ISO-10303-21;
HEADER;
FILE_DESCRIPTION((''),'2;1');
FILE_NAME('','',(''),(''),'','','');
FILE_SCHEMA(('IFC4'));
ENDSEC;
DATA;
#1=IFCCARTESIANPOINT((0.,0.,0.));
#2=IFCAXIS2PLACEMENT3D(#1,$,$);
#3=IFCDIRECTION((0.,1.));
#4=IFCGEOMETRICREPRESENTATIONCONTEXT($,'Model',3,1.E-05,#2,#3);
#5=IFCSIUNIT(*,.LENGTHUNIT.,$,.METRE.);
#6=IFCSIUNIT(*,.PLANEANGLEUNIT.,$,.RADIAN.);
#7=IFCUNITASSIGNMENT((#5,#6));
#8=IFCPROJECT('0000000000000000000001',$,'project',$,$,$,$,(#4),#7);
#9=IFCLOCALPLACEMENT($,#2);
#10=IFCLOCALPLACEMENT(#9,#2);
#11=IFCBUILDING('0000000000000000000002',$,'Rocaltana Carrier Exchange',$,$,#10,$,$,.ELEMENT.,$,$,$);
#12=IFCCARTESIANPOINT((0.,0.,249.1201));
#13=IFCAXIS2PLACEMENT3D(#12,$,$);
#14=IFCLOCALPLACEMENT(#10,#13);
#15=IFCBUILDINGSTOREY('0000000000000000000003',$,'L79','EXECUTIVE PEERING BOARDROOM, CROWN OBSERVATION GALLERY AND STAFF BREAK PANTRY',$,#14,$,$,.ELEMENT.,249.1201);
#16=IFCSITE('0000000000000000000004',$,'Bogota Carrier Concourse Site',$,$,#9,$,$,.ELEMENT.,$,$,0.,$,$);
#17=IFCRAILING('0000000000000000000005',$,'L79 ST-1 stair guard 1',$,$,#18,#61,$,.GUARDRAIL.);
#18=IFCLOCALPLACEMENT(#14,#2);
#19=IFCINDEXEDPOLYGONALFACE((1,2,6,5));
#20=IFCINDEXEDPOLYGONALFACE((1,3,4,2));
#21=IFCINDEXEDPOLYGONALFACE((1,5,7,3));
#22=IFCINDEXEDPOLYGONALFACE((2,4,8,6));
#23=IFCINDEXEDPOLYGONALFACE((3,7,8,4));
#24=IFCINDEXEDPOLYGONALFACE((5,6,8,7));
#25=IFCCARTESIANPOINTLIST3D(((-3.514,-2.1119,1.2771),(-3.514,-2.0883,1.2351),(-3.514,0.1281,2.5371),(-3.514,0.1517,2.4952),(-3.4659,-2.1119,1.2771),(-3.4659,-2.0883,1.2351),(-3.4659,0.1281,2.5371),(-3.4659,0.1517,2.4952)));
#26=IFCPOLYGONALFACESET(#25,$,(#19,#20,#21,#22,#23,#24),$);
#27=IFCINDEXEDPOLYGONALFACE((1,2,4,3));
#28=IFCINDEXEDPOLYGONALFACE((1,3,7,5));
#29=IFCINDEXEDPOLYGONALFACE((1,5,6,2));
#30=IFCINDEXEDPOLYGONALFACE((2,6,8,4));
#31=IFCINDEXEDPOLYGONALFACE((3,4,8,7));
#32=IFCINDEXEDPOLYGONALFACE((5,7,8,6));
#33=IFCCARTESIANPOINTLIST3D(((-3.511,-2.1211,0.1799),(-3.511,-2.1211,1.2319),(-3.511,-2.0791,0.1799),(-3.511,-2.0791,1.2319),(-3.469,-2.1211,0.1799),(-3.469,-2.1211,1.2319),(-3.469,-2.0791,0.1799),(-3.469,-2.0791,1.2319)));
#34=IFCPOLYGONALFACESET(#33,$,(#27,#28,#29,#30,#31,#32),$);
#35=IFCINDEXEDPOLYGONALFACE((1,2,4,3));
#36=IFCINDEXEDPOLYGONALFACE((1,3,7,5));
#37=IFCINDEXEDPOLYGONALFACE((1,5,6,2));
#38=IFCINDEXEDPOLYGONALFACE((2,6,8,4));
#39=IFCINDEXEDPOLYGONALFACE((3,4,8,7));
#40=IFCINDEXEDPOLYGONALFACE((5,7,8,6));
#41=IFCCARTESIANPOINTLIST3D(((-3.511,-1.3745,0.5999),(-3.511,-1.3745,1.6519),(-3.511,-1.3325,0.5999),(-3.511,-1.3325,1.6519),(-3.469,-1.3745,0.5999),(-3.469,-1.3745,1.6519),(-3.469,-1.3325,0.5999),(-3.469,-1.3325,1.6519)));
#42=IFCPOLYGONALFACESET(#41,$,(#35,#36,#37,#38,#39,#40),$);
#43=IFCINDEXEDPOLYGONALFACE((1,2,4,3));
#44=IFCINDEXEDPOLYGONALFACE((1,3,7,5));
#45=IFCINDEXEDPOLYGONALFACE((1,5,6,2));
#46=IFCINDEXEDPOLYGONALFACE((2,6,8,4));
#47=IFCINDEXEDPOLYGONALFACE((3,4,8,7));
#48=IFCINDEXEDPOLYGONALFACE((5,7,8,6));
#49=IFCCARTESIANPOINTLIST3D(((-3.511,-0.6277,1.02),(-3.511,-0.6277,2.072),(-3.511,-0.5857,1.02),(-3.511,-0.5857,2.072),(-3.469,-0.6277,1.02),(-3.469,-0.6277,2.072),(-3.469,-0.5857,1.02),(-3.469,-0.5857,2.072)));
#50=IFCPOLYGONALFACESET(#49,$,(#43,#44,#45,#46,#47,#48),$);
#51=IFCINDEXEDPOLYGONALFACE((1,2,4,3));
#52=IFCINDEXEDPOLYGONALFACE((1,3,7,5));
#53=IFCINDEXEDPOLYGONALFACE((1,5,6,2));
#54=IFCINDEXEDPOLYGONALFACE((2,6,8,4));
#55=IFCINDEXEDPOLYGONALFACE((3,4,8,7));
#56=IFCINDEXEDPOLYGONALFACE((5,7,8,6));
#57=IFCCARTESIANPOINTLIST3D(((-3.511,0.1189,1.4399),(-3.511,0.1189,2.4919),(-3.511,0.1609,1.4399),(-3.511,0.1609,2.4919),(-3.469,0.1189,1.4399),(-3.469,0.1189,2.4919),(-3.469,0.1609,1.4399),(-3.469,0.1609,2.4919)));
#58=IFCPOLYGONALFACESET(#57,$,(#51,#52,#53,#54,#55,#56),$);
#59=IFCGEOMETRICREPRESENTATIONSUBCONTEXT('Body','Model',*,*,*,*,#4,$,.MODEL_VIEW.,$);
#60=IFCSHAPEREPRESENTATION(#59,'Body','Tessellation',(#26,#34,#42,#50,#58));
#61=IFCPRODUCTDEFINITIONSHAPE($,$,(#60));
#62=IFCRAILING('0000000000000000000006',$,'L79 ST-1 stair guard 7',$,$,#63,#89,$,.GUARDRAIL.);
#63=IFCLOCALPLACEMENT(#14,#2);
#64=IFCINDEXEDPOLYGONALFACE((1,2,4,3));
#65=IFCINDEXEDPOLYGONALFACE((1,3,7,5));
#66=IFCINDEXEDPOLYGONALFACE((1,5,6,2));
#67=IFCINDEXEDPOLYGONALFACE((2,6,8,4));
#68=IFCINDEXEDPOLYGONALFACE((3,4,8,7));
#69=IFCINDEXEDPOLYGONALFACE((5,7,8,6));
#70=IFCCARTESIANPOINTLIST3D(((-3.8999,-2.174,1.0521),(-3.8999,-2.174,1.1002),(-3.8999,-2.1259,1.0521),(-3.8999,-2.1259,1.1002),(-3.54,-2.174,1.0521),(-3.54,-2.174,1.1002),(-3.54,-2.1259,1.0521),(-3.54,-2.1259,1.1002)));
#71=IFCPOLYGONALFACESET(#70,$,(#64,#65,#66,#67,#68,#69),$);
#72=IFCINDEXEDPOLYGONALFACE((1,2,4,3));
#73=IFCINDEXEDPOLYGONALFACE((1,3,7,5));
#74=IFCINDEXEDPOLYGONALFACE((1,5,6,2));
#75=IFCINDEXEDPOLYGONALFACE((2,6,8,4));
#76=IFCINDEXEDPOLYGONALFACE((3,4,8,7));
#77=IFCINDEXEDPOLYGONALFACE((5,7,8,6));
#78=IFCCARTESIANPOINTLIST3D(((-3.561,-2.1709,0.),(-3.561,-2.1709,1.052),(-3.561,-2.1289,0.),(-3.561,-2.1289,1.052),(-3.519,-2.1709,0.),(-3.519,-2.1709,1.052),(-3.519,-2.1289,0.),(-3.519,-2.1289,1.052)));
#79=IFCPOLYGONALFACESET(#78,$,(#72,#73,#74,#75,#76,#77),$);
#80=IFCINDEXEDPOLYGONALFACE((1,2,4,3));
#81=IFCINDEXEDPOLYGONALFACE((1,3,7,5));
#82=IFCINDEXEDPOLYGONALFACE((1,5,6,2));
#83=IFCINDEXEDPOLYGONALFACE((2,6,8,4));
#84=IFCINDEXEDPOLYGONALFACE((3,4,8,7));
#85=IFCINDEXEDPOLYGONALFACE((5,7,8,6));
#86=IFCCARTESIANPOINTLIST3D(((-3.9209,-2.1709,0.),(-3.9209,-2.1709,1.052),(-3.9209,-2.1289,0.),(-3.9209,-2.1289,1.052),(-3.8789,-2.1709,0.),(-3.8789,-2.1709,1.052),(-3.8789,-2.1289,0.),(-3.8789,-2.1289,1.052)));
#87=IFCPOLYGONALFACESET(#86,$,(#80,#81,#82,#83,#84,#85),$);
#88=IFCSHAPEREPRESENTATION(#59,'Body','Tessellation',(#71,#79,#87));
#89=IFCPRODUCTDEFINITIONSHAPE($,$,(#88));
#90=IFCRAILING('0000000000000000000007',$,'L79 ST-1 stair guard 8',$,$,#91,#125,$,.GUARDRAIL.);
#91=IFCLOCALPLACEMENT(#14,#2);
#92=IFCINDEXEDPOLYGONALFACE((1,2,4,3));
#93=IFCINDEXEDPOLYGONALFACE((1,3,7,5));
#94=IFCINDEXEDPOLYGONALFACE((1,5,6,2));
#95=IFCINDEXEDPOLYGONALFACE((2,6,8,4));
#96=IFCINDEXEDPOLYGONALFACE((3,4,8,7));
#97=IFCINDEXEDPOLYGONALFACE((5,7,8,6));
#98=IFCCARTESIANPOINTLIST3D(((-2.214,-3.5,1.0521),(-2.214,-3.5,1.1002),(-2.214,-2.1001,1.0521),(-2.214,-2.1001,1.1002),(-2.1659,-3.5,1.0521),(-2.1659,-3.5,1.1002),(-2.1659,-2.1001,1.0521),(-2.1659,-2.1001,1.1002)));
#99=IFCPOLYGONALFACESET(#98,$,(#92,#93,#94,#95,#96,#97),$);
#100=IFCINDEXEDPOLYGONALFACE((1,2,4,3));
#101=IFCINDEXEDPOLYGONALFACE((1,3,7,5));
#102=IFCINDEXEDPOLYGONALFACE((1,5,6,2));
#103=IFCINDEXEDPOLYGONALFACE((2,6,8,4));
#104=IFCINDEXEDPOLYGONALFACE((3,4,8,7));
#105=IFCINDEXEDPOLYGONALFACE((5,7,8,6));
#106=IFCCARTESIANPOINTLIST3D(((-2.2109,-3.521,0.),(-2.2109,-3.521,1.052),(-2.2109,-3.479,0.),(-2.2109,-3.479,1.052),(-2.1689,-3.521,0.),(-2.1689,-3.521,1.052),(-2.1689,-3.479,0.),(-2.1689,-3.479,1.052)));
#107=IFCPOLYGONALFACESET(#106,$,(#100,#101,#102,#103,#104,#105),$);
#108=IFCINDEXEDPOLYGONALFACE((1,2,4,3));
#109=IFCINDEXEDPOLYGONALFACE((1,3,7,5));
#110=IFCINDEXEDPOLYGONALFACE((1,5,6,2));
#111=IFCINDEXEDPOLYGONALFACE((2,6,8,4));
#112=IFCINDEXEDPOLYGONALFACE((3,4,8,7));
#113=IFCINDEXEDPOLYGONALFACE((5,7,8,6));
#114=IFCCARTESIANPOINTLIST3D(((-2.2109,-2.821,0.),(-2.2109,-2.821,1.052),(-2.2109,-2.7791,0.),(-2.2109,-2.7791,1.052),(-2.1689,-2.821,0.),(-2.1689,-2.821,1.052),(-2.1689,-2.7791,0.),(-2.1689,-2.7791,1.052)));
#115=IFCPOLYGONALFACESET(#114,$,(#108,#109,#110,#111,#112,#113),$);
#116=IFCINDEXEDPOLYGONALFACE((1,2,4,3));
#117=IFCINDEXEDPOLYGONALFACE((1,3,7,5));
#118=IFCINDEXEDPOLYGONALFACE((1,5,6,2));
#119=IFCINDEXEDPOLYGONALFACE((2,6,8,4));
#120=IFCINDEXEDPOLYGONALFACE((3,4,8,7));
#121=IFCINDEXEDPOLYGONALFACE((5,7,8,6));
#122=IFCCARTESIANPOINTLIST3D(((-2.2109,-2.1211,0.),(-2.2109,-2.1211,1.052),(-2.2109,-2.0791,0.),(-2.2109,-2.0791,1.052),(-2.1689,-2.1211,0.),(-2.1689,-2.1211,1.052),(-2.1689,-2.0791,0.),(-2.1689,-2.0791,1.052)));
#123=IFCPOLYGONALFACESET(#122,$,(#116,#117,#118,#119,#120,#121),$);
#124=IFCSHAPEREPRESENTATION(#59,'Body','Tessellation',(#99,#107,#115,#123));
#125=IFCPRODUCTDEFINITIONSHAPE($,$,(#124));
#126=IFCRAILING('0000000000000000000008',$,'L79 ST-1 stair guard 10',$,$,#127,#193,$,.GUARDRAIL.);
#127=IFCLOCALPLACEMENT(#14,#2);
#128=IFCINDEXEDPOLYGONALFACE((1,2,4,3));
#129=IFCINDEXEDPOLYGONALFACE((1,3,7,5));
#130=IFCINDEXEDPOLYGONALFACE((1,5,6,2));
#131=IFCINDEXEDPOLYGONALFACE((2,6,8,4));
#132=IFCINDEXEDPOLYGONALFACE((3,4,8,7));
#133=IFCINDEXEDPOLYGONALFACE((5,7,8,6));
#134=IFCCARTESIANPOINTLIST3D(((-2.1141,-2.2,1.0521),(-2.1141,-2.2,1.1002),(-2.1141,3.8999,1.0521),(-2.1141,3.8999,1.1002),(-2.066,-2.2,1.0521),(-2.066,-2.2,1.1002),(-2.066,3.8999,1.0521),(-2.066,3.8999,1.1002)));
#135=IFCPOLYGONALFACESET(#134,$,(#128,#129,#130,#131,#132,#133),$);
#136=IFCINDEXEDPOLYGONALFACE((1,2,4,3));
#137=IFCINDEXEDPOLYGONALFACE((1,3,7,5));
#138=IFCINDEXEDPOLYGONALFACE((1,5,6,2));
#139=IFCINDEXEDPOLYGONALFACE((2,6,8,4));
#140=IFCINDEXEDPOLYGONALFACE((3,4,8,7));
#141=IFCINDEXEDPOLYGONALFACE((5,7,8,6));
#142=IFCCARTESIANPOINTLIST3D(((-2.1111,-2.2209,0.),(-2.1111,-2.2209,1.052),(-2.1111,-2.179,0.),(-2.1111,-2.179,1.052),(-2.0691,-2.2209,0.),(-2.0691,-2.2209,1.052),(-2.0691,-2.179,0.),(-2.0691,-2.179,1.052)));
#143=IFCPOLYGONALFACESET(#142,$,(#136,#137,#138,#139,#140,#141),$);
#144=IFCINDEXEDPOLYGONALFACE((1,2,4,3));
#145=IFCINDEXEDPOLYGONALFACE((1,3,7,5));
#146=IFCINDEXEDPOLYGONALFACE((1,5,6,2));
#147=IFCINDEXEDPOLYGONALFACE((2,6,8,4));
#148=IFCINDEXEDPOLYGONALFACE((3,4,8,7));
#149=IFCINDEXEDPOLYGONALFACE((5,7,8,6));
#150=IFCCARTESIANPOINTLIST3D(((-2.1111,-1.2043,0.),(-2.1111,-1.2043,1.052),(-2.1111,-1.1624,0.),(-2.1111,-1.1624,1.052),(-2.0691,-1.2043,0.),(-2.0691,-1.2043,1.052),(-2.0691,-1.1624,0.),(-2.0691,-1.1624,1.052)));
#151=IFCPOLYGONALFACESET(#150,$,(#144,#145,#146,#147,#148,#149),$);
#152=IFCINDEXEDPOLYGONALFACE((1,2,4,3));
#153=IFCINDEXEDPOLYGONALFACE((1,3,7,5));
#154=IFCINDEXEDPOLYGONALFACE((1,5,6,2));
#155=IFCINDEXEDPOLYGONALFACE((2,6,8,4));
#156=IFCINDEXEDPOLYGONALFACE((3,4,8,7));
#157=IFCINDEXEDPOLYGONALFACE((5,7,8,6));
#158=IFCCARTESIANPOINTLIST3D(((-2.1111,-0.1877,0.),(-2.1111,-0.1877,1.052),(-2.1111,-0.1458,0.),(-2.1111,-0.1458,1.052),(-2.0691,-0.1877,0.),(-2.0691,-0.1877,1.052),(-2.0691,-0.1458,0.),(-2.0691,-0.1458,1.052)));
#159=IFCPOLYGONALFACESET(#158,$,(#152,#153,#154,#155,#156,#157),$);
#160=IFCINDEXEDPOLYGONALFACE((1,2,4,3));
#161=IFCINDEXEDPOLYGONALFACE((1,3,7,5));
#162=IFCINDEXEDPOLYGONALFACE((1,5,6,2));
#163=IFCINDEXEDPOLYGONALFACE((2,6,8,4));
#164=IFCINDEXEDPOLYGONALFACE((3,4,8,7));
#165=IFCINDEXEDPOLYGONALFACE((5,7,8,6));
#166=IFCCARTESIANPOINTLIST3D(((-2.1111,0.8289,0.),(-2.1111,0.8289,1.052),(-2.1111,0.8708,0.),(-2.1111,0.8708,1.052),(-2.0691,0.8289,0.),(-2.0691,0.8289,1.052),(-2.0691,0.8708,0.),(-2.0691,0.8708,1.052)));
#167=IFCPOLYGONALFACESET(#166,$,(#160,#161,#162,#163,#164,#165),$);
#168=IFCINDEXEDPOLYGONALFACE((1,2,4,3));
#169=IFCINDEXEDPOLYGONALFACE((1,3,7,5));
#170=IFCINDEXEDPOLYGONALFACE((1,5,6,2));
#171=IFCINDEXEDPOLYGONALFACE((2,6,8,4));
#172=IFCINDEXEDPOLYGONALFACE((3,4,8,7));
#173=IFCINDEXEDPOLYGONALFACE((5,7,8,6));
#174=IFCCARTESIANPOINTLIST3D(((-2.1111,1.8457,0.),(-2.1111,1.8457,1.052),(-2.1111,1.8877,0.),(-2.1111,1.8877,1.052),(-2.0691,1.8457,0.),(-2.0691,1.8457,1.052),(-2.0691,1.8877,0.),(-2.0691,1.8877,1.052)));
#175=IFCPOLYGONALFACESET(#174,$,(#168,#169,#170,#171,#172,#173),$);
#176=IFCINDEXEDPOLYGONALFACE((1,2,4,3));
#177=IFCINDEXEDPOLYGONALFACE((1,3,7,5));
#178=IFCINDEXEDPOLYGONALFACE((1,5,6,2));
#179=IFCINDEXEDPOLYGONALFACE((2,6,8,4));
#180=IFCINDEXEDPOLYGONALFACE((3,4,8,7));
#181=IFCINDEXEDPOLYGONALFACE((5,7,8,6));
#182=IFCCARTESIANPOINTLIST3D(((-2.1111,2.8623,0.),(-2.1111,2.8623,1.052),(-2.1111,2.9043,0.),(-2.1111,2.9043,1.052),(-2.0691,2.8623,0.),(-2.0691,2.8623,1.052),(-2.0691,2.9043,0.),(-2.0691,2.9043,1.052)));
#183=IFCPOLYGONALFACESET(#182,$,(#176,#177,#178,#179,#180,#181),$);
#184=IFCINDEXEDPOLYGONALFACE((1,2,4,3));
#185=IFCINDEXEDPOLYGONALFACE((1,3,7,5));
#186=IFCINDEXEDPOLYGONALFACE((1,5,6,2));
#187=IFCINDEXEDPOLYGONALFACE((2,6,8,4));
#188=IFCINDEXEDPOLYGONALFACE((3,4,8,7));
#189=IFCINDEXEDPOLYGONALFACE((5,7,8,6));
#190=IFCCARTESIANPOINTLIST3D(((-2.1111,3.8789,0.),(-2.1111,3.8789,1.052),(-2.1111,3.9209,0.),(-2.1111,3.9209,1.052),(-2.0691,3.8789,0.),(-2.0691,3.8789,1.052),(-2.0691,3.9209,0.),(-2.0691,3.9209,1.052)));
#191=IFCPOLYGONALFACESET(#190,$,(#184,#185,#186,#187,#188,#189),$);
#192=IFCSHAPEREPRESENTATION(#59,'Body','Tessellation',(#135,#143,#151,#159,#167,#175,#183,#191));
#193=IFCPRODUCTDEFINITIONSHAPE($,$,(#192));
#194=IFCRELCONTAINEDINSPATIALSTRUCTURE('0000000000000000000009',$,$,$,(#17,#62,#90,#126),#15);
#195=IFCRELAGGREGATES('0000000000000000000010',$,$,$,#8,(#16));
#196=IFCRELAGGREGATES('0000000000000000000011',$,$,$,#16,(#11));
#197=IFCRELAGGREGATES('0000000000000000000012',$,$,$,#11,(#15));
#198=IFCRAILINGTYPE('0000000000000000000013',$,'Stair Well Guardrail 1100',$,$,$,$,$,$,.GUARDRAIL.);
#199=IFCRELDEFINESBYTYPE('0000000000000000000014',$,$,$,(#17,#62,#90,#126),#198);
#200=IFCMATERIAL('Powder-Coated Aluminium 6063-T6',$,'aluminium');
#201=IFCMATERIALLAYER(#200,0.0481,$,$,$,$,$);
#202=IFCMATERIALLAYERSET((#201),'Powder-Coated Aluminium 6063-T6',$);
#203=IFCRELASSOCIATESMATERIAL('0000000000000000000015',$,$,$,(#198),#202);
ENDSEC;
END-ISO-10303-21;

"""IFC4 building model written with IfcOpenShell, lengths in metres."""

from ifc_helpers import new_model, si_unit, direction, frame, origin, origin_2d, place, context, subcontext, project, spatial, rectangle, extrude, material, layer, layer_set, type_object, element, save


model = new_model("IFC4")

# Units and contexts
model_context = context("Model", 3, precision=1e-05, world=origin(), true_north=direction((0.0, 1.0)))
body_context = subcontext(model_context, "Body", "Model", "MODEL_VIEW")
ifc_project = project(units=[si_unit("LENGTHUNIT", "METRE"), si_unit("PLANEANGLEUNIT", "RADIAN")], contexts=[model_context])

# Site, building, storey
site_placement = place(None, origin())
site = spatial("IfcSite", under=ifc_project, at=site_placement, Name="Bogota Carrier Concourse Site", CompositionType="ELEMENT", RefElevation=0.0)
building_placement = place(site_placement, origin())
building = spatial("IfcBuilding", under=site, at=building_placement, Name="Rocaltana Carrier Exchange", CompositionType="ELEMENT")
storey_placement = place(building_placement, frame((0.0, 0.0, 249.1201)))
storey = spatial("IfcBuildingStorey", under=building, at=storey_placement, Name="L79", Description="EXECUTIVE PEERING BOARDROOM, CROWN OBSERVATION GALLERY AND STAFF BREAK PANTRY", CompositionType="ELEMENT", Elevation=249.1201)

# Railings
ifc_material_1 = material(Name="Powder-Coated Aluminium 6063-T6", Category="aluminium")
ifc_layer_1 = layer(ifc_material_1, 0.0481)
ifc_layer_set_1 = layer_set([ifc_layer_1], Name="Powder-Coated Aluminium 6063-T6")
railing_type_1 = type_object("IfcRailingType", Name="Stair Well Guardrail 1100", PredefinedType="GUARDRAIL", material=ifc_layer_set_1)
railing_1_placement = place(storey_placement, frame((-3.49, -2.1001, 0.1799)))
element("IfcRailing", 1, at=railing_1_placement, inside=storey, type_object=railing_type_1, Name="L79 ST-1 stair guard 1", PredefinedType="GUARDRAIL", context=body_context, shape_type="SweptSolid", body=[
    extrude(rectangle(XDim=0.0481, YDim=0.0481, at=origin_2d()), frame((0.0, 0.0, 1.0762), z_axis=(0.0, 0.871573, 0.490266), x_axis=(-1.0, 0.0, 0.0)), (0.0, 0.0, 1.0), 2.5701),
    extrude(rectangle(XDim=0.042, YDim=0.042, at=origin_2d()), origin(), (0.0, 0.0, 1.0), 1.052),
    extrude(rectangle(XDim=0.042, YDim=0.042, at=origin_2d()), frame((0.0, 0.7466, 0.4199)), (0.0, 0.0, 1.0), 1.052),
    extrude(rectangle(XDim=0.042, YDim=0.042, at=origin_2d()), frame((0.0, 1.4934, 0.8401)), (0.0, 0.0, 1.0), 1.052),
    extrude(rectangle(XDim=0.042, YDim=0.042, at=origin_2d()), frame((0.0, 2.24, 1.26)), (0.0, 0.0, 1.0), 1.052),
])
railing_2_placement = place(storey_placement, frame((-3.54, -2.1499, 0.0)))
element("IfcRailing", 2, at=railing_2_placement, inside=storey, type_object=railing_type_1, Name="L79 ST-1 stair guard 7", PredefinedType="GUARDRAIL", context=body_context, shape_type="SweptSolid", body=[
    extrude(rectangle(XDim=0.0481, YDim=0.0481, at=origin_2d()), frame((0.0, 0.0, 1.0762), z_axis=(-1.0, 0.0, 0.0), x_axis=(0.0, -1.0, 0.0)), (0.0, 0.0, 1.0), 0.3599),
    extrude(rectangle(XDim=0.042, YDim=0.042, at=origin_2d()), origin(), (0.0, 0.0, 1.0), 1.052),
    extrude(rectangle(XDim=0.042, YDim=0.042, at=origin_2d()), frame((-0.3599, 0.0, 0.0)), (0.0, 0.0, 1.0), 1.052),
])
railing_3_placement = place(storey_placement, frame((-2.1899, -3.5, 0.0)))
element("IfcRailing", 3, at=railing_3_placement, inside=storey, type_object=railing_type_1, Name="L79 ST-1 stair guard 8", PredefinedType="GUARDRAIL", context=body_context, shape_type="SweptSolid", body=[
    extrude(rectangle(XDim=0.0481, YDim=0.0481, at=origin_2d()), frame((0.0, 0.0, 1.0762), z_axis=(0.0, 1.0, 0.0), x_axis=(-1.0, 0.0, 0.0)), (0.0, 0.0, 1.0), 1.3999),
    extrude(rectangle(XDim=0.042, YDim=0.042, at=origin_2d()), origin(), (0.0, 0.0, 1.0), 1.052),
    extrude(rectangle(XDim=0.042, YDim=0.042, at=origin_2d()), frame((0.0, 0.7, 0.0)), (0.0, 0.0, 1.0), 1.052),
    extrude(rectangle(XDim=0.042, YDim=0.042, at=origin_2d()), frame((0.0, 1.3999, 0.0)), (0.0, 0.0, 1.0), 1.052),
])
railing_4_placement = place(storey_placement, frame((-2.0901, -2.2, 0.0)))
element("IfcRailing", 4, at=railing_4_placement, inside=storey, type_object=railing_type_1, Name="L79 ST-1 stair guard 10", PredefinedType="GUARDRAIL", context=body_context, shape_type="SweptSolid", body=[
    extrude(rectangle(XDim=0.0481, YDim=0.0481, at=origin_2d()), frame((0.0, 0.0, 1.0762), z_axis=(0.0, 1.0, 0.0), x_axis=(-1.0, 0.0, 0.0)), (0.0, 0.0, 1.0), 6.0999),
    extrude(rectangle(XDim=0.042, YDim=0.042, at=origin_2d()), origin(), (0.0, 0.0, 1.0), 1.052),
    extrude(rectangle(XDim=0.042, YDim=0.042, at=origin_2d()), frame((0.0, 1.0166, 0.0)), (0.0, 0.0, 1.0), 1.052),
    extrude(rectangle(XDim=0.042, YDim=0.042, at=origin_2d()), frame((0.0, 2.0332, 0.0)), (0.0, 0.0, 1.0), 1.052),
    extrude(rectangle(XDim=0.042, YDim=0.042, at=origin_2d()), frame((0.0, 3.0498, 0.0)), (0.0, 0.0, 1.0), 1.052),
    extrude(rectangle(XDim=0.042, YDim=0.042, at=origin_2d()), frame((0.0, 4.0667, 0.0)), (0.0, 0.0, 1.0), 1.052),
    extrude(rectangle(XDim=0.042, YDim=0.042, at=origin_2d()), frame((0.0, 5.0833, 0.0)), (0.0, 0.0, 1.0), 1.052),
    extrude(rectangle(XDim=0.042, YDim=0.042, at=origin_2d()), frame((0.0, 6.0999, 0.0)), (0.0, 0.0, 1.0), 1.052),
])

save(model, "model.ifc")
